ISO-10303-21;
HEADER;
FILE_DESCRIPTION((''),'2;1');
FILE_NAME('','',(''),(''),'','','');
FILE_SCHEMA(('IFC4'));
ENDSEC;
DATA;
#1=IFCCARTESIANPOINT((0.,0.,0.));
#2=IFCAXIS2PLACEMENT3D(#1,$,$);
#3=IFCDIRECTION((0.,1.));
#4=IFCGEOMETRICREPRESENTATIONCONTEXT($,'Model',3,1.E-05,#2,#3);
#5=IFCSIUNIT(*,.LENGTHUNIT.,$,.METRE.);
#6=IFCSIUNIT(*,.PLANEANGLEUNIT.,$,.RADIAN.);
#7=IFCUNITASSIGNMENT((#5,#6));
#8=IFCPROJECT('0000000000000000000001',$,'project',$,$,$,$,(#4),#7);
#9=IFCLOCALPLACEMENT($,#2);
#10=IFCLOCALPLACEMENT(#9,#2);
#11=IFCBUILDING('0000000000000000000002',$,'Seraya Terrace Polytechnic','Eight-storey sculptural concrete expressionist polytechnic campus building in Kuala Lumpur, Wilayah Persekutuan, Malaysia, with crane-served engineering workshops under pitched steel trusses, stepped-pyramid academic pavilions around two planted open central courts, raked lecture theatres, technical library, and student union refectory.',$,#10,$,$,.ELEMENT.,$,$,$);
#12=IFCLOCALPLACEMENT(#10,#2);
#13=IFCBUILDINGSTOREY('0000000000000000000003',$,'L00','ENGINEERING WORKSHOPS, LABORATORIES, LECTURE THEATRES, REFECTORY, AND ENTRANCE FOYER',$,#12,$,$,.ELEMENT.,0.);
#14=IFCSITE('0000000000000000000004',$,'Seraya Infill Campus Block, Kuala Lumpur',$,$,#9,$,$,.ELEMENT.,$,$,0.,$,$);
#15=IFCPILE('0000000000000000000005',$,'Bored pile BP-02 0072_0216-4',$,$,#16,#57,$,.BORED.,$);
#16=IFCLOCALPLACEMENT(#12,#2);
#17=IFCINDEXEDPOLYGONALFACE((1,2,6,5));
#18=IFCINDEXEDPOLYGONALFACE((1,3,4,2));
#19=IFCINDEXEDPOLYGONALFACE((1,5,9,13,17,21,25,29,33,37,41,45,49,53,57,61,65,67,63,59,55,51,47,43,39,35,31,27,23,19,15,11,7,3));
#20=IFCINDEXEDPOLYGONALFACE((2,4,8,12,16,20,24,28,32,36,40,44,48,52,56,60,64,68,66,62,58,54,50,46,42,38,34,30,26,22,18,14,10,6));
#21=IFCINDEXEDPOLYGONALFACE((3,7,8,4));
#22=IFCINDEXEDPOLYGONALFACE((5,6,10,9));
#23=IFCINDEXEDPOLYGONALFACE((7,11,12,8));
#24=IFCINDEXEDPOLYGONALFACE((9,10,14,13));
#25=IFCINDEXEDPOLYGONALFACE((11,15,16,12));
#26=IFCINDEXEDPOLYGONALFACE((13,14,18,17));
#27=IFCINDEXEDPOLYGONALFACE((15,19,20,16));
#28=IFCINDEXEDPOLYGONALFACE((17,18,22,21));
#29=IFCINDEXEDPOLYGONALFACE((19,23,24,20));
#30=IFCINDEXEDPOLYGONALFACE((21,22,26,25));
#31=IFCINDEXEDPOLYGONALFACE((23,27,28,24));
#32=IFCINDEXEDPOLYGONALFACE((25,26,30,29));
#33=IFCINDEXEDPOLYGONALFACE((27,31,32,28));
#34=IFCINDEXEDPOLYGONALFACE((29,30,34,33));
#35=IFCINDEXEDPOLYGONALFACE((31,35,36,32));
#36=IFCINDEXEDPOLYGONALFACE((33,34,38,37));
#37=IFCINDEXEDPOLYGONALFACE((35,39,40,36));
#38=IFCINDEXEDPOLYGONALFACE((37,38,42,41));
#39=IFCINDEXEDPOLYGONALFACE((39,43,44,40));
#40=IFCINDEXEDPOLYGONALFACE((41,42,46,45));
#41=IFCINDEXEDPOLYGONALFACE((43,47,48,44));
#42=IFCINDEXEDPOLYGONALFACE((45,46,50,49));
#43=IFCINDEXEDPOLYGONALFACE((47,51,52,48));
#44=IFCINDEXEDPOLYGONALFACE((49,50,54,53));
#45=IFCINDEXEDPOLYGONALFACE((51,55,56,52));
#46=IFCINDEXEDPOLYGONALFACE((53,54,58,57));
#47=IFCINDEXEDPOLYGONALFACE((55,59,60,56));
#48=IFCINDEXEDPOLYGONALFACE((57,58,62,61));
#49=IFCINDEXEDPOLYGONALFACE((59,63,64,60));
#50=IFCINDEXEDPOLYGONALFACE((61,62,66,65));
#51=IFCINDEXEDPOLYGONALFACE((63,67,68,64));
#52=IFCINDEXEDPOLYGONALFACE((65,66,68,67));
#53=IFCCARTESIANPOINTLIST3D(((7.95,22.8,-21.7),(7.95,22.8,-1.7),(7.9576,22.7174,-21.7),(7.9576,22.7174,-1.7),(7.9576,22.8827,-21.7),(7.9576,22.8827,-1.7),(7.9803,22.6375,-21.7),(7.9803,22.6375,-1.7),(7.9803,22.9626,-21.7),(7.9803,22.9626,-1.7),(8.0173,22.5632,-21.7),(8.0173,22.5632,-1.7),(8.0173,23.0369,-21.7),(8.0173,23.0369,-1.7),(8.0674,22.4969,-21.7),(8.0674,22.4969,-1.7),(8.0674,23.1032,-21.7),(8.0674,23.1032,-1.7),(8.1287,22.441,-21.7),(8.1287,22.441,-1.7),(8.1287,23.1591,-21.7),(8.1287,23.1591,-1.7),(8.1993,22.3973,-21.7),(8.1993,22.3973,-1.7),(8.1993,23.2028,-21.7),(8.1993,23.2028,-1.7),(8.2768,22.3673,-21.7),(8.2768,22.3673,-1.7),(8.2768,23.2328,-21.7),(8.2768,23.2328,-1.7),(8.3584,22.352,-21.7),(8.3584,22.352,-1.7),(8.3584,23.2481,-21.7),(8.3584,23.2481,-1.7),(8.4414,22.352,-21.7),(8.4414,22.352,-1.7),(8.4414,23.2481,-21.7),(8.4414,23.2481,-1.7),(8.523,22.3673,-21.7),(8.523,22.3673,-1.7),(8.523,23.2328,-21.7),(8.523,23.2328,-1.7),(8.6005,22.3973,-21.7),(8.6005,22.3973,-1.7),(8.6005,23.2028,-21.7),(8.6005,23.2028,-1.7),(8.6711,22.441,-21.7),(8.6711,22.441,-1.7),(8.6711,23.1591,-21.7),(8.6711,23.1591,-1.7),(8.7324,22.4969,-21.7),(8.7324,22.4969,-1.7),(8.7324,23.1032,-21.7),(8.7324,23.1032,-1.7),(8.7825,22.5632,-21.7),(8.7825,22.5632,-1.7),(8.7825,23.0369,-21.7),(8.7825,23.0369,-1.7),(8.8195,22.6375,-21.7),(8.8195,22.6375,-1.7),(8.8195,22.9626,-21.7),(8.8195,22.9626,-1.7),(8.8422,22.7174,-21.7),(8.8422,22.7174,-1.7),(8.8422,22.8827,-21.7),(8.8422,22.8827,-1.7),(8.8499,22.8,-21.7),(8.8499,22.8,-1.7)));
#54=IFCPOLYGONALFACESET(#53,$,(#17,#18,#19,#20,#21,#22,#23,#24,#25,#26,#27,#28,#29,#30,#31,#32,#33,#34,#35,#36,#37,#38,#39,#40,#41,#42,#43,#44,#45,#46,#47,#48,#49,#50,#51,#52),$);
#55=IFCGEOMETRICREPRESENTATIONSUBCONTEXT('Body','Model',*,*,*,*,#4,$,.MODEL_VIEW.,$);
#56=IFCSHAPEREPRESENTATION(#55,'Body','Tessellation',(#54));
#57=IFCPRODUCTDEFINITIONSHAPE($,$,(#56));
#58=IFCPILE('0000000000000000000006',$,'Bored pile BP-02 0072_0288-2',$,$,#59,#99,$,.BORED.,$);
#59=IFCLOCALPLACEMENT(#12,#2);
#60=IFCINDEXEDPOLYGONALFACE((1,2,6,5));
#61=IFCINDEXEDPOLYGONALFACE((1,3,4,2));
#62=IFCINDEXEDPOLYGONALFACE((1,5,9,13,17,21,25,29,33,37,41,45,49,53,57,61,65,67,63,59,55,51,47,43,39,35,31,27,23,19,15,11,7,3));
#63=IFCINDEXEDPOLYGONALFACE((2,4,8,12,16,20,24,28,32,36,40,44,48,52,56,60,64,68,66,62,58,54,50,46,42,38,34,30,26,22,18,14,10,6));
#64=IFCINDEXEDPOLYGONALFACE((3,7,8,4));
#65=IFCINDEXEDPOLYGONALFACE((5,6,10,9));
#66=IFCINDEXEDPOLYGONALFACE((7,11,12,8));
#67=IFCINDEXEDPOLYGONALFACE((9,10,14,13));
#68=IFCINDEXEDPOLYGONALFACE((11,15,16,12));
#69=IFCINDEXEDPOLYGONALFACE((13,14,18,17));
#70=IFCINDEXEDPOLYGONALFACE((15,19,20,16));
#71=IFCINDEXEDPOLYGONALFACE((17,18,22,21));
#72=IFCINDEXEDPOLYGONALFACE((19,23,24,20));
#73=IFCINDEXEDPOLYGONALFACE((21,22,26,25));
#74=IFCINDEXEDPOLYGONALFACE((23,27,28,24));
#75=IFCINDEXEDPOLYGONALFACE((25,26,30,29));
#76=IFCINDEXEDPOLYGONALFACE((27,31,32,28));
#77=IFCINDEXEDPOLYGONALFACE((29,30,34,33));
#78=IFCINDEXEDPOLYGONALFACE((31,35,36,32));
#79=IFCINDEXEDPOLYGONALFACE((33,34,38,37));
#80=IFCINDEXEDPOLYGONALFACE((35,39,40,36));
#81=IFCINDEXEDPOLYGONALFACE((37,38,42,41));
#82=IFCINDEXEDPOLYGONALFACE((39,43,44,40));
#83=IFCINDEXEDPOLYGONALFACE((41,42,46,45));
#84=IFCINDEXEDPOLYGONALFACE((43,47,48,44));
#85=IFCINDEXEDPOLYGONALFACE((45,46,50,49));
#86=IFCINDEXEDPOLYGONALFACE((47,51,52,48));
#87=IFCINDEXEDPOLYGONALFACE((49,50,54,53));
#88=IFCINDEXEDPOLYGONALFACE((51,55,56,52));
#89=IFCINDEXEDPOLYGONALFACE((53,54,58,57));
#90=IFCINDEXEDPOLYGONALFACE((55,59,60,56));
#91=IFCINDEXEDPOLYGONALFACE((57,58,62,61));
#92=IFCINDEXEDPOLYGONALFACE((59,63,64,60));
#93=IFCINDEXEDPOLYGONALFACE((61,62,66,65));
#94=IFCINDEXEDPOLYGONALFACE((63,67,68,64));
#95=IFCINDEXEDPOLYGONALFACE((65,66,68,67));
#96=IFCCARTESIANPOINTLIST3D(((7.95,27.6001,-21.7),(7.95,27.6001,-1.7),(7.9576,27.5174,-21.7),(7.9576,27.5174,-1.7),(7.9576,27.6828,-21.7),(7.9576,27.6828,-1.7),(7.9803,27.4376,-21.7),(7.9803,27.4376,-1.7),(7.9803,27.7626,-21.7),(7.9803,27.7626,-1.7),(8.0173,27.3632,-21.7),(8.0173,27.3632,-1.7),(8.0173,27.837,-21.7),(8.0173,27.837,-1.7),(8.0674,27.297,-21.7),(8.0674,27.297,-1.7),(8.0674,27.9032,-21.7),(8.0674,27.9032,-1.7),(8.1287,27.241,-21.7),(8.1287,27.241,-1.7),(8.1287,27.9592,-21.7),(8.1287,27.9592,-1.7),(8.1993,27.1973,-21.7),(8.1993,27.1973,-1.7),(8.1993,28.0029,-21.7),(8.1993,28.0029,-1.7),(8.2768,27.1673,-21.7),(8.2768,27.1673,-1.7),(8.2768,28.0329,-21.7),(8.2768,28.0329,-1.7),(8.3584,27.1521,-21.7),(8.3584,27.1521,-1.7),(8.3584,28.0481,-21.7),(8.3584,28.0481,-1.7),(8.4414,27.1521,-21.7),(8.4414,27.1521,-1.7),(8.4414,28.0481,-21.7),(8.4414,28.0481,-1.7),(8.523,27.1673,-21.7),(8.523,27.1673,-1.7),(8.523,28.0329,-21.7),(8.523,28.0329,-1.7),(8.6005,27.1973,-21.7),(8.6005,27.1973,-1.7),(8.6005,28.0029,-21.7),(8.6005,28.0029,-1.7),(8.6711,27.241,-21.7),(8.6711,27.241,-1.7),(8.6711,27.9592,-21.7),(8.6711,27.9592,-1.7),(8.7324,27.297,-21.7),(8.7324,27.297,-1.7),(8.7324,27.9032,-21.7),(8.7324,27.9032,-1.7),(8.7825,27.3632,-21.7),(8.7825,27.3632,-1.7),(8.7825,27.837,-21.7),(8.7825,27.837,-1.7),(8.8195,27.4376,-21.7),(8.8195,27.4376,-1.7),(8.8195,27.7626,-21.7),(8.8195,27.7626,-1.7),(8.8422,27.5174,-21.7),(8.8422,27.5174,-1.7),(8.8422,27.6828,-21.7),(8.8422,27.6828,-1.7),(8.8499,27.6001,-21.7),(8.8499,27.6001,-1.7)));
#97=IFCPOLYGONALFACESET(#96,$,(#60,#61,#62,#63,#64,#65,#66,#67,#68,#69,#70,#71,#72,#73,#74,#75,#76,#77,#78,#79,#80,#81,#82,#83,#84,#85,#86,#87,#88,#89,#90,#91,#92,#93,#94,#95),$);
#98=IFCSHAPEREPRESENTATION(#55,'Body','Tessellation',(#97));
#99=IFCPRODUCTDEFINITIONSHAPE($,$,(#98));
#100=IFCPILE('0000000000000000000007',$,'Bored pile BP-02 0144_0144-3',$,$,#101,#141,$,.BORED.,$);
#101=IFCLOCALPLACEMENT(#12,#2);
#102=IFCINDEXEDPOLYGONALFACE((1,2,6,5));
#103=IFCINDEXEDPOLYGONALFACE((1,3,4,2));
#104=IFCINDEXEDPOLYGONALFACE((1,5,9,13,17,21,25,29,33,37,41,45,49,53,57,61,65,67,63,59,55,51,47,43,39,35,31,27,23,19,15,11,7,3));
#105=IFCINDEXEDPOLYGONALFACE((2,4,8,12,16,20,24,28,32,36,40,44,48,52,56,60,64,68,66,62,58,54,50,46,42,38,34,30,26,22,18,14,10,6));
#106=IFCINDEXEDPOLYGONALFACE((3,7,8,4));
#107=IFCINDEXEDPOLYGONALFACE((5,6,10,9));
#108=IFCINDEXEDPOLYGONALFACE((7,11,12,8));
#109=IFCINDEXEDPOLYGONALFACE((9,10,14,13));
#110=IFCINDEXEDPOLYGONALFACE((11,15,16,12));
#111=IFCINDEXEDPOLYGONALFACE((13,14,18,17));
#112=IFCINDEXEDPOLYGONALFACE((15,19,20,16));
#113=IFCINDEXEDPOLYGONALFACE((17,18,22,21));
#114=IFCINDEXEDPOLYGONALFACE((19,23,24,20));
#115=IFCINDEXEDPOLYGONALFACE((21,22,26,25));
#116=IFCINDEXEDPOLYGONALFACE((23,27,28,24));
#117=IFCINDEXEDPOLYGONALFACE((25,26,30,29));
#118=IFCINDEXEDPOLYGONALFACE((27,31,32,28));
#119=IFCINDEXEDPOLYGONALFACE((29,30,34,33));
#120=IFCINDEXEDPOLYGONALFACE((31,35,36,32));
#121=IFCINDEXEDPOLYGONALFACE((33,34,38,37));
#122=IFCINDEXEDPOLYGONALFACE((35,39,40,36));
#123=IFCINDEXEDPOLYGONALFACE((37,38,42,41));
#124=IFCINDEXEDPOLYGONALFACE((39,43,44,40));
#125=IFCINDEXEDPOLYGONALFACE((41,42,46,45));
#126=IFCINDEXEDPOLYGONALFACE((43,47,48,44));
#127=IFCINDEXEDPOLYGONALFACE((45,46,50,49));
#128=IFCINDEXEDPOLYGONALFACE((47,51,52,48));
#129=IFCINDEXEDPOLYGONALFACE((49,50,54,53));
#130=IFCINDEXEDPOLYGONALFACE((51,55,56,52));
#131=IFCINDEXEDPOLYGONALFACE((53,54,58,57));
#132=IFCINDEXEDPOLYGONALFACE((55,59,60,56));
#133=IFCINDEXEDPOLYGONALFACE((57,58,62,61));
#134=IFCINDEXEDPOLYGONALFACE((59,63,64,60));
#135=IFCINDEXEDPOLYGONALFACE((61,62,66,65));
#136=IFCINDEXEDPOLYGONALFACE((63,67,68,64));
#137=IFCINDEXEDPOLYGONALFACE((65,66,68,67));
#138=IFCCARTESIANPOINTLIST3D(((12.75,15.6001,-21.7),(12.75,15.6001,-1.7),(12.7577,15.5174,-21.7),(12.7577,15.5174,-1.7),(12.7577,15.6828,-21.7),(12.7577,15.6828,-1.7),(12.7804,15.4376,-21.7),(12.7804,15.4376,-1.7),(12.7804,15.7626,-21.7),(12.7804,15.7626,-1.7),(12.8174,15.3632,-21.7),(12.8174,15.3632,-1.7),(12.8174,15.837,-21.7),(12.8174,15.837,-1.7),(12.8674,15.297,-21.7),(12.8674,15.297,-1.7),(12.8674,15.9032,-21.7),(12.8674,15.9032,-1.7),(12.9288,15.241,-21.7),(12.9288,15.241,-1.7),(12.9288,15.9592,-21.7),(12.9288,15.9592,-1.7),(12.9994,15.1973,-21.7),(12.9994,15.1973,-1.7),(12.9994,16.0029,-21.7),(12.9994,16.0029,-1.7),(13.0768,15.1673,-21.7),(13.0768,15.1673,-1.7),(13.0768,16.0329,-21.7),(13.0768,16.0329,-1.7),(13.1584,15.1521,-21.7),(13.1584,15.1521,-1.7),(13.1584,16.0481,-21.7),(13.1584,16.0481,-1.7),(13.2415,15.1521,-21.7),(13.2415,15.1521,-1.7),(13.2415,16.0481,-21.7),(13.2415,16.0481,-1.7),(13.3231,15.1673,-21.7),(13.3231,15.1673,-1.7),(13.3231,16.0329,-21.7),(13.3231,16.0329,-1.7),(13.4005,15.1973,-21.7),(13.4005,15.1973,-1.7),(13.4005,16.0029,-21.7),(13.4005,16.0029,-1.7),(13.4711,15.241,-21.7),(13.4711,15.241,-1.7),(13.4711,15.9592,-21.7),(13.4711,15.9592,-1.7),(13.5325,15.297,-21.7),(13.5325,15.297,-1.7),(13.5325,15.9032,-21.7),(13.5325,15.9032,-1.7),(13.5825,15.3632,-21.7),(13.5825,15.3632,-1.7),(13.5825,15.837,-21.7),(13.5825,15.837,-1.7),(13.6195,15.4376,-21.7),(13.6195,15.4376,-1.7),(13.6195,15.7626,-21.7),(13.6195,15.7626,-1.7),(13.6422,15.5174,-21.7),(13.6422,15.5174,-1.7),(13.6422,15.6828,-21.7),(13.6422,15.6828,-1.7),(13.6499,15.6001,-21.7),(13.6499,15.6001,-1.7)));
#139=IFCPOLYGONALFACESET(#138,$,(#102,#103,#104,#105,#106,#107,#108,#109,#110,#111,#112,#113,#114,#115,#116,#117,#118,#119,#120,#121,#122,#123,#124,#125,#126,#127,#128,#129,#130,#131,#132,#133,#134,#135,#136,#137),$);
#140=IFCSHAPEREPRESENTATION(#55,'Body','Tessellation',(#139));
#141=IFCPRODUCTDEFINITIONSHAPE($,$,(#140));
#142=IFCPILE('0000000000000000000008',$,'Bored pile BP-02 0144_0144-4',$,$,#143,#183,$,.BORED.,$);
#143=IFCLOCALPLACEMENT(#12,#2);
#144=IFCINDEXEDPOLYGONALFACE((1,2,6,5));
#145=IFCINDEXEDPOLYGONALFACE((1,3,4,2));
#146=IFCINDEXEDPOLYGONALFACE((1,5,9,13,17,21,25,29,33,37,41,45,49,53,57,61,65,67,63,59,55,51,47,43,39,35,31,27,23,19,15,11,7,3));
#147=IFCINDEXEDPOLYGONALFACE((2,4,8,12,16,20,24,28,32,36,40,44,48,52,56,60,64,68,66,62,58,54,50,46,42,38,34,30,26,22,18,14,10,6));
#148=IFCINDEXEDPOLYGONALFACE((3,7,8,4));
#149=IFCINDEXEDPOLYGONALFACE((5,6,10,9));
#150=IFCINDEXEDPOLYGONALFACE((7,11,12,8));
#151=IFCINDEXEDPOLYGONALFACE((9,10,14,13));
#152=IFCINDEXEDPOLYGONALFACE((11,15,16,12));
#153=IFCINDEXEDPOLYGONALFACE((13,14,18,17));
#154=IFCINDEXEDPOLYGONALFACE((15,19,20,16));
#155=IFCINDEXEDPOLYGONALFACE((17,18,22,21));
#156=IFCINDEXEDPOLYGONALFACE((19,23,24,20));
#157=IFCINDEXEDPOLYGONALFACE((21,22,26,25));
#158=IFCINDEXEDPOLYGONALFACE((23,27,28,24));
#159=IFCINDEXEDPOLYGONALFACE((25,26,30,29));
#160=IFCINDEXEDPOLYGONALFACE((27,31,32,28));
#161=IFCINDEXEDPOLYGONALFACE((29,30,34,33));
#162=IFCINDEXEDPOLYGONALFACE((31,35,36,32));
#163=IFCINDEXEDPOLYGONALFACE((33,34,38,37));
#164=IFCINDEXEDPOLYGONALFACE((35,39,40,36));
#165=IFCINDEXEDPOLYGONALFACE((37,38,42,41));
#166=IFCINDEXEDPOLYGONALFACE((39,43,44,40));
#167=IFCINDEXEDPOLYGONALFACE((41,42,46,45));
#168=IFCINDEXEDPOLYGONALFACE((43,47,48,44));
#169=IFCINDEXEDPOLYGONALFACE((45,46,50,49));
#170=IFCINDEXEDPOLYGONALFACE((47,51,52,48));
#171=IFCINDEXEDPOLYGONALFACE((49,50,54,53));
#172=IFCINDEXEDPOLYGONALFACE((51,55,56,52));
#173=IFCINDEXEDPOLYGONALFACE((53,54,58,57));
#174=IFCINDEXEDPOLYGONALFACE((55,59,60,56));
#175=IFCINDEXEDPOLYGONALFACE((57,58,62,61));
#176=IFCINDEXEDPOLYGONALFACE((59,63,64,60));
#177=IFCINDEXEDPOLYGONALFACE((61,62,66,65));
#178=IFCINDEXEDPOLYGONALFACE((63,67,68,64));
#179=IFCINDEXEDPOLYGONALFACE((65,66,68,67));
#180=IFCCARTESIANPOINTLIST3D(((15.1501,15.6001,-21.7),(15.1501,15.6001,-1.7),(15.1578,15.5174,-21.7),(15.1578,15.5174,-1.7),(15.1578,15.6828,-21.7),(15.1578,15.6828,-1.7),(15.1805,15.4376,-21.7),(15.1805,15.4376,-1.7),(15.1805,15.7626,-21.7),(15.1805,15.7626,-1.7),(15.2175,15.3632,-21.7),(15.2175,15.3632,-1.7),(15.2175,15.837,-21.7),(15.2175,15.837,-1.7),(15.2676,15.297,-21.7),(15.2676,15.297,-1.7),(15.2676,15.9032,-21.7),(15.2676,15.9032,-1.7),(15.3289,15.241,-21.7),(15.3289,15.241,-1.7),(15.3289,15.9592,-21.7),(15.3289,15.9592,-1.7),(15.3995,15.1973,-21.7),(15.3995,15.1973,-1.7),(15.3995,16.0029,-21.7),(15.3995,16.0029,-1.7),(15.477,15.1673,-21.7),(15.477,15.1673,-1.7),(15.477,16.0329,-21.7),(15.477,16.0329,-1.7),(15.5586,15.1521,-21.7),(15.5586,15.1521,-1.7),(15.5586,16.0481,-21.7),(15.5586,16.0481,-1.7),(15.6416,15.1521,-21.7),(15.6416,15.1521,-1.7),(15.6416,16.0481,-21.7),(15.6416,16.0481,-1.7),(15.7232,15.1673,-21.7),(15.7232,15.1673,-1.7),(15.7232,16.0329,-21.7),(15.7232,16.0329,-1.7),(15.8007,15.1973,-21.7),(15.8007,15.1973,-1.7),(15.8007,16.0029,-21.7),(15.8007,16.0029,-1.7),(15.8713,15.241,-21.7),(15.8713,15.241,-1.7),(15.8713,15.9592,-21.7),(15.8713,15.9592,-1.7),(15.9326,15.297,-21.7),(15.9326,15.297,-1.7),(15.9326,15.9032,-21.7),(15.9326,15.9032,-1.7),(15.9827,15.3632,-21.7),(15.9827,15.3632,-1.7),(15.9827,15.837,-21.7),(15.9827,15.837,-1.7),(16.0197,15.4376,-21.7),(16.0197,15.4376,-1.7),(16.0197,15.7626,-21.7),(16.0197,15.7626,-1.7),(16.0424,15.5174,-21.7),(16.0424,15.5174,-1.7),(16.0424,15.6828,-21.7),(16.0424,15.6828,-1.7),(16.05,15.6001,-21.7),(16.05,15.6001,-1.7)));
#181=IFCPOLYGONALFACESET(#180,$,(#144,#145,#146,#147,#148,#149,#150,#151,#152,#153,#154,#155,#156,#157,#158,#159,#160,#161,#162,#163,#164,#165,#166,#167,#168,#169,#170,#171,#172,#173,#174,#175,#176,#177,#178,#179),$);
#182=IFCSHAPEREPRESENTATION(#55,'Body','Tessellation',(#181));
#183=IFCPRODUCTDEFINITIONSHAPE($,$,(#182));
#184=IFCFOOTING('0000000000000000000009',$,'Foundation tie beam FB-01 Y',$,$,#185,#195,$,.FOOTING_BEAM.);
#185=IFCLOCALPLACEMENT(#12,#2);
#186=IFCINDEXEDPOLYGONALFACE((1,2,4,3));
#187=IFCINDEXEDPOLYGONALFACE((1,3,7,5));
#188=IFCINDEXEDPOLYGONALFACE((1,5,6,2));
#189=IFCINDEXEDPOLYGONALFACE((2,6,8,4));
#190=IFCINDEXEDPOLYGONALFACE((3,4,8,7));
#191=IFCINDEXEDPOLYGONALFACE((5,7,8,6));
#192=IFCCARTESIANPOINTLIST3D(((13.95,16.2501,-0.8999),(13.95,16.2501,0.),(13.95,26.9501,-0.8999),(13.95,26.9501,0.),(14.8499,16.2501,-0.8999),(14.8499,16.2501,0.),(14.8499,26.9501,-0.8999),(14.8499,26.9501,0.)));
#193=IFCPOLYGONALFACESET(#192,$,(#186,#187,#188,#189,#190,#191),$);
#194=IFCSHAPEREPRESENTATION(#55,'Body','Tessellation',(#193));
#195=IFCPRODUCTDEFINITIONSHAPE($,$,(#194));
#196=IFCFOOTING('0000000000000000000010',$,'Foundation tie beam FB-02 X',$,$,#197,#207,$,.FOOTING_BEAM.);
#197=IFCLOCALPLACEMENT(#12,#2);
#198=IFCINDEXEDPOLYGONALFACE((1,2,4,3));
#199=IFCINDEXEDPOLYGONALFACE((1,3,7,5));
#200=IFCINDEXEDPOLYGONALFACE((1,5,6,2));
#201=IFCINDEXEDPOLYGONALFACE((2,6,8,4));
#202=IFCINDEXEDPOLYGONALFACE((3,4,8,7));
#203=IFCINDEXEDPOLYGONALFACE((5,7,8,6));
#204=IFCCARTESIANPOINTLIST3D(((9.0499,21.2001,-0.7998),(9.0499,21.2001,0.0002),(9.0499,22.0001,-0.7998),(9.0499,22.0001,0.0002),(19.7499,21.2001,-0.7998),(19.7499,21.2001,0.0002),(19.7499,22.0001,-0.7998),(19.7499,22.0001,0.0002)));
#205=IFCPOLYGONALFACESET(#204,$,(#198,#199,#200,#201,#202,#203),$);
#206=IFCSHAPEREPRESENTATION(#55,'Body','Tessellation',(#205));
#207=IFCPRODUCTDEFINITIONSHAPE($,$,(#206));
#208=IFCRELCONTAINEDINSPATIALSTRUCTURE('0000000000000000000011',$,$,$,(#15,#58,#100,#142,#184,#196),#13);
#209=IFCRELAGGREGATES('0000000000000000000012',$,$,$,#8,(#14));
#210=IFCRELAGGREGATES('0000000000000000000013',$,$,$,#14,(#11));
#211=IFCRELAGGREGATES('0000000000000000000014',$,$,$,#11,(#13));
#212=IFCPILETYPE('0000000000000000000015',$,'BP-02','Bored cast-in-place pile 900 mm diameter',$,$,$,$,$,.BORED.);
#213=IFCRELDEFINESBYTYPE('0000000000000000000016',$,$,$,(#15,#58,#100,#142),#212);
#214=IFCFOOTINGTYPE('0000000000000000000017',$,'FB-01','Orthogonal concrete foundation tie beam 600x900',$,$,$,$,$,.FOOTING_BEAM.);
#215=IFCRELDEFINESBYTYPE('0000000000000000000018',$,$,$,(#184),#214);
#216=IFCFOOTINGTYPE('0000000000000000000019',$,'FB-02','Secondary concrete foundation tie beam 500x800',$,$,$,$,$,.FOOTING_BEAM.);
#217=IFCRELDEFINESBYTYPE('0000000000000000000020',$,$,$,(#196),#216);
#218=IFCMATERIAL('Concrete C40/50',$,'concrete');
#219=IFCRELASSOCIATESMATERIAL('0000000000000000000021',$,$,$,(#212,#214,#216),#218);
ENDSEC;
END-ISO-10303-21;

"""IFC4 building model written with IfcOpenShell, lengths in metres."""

from ifc_helpers import new_model, si_unit, direction, frame, origin, origin_2d, place, context, subcontext, project, spatial, rectangle, circle, extrude, material, material_profile, profile_set, type_object, element, save


model = new_model("IFC4")

# Units and contexts
model_context = context("Model", 3, precision=1e-05, world=origin(), true_north=direction((0.0, 1.0)))
body_context = subcontext(model_context, "Body", "Model", "MODEL_VIEW")
ifc_project = project(units=[si_unit("LENGTHUNIT", "METRE"), si_unit("PLANEANGLEUNIT", "RADIAN")], contexts=[model_context])

# Site, building, storey
site_placement = place(None, origin())
site = spatial("IfcSite", under=ifc_project, at=site_placement, Name="Seraya Infill Campus Block, Kuala Lumpur", CompositionType="ELEMENT", RefElevation=0.0)
building_placement = place(site_placement, origin())
building = spatial("IfcBuilding", under=site, at=building_placement, Name="Seraya Terrace Polytechnic", Description="Eight-storey sculptural concrete expressionist polytechnic campus building in Kuala Lumpur, Wilayah Persekutuan, Malaysia, with crane-served engineering workshops under pitched steel trusses, stepped-pyramid academic pavilions around two planted open central courts, raked lecture theatres, technical library, and student union refectory.", CompositionType="ELEMENT")
storey_placement = place(building_placement, origin())
storey = spatial("IfcBuildingStorey", under=building, at=storey_placement, Name="L00", Description="ENGINEERING WORKSHOPS, LABORATORIES, LECTURE THEATRES, REFECTORY, AND ENTRANCE FOYER", CompositionType="ELEMENT", Elevation=0.0)

# Piles
ifc_material_1 = material(Name="Concrete C40/50", Category="concrete")
ifc_material_profile = material_profile(ifc_material_1, circle(Radius=0.45, at=origin_2d()), Name="DIA 900")
ifc_profile_set = profile_set([ifc_material_profile], Name="Concrete C40/50")
pile_type = type_object("IfcPileType", Name="BP-02", Description="Bored cast-in-place pile 900 mm diameter", PredefinedType="BORED", material=ifc_profile_set)
for number, where, z_axis, x_axis, name in (
    (1, (8.3999, 22.8, -1.7), (0.0, 0.0, -1.0), (1.0, 0.0, 0.0), "Bored pile BP-02 0072_0216-4"),
    (2, (8.3999, 27.6001, -1.7), (0.0, 0.0, -1.0), (1.0, 0.0, 0.0), "Bored pile BP-02 0072_0288-2"),
    (3, (13.2, 15.6001, -1.7), (0.0, 0.0, -1.0), (1.0, 0.0, 0.0), "Bored pile BP-02 0144_0144-3"),
    (4, (15.6001, 15.6001, -1.7), (0.0, 0.0, -1.0), (1.0, 0.0, 0.0), "Bored pile BP-02 0144_0144-4"),
):
    element("IfcPile", number, at=place(storey_placement, frame(where, z_axis=z_axis, x_axis=x_axis)), inside=storey, type_object=pile_type, Name=name, PredefinedType="BORED", context=body_context, shape_type="SweptSolid", body=[
        extrude(circle(Radius=0.45, at=origin_2d()), origin(), (0.0, 0.0, 1.0), 20.0),
    ])

# Footings
footing_type_1 = type_object("IfcFootingType", Name="FB-01", Description="Orthogonal concrete foundation tie beam 600x900", PredefinedType="FOOTING_BEAM", material=ifc_material_1)
footing_1_placement = place(storey_placement, frame((14.3999, 21.6001, -0.8999), z_axis=(0.0, 0.0, 1.0), x_axis=(0.0, 1.0, 0.0)))
element("IfcFooting", 5, at=footing_1_placement, inside=storey, type_object=footing_type_1, Name="Foundation tie beam FB-01 Y", PredefinedType="FOOTING_BEAM", context=body_context, shape_type="SweptSolid", body=[
    extrude(rectangle(XDim=10.7, YDim=0.8999, at=origin_2d()), origin(), (0.0, 0.0, 1.0), 0.8999),
])
footing_type_2 = type_object("IfcFootingType", Name="FB-02", Description="Secondary concrete foundation tie beam 500x800", PredefinedType="FOOTING_BEAM", material=ifc_material_1)
footing_2_placement = place(storey_placement, frame((14.3999, 21.6001, -0.7998), z_axis=(0.0, 0.0, 1.0), x_axis=(1.0, 0.0, 0.0)))
element("IfcFooting", 6, at=footing_2_placement, inside=storey, type_object=footing_type_2, Name="Foundation tie beam FB-02 X", PredefinedType="FOOTING_BEAM", context=body_context, shape_type="SweptSolid", body=[
    extrude(rectangle(XDim=10.7, YDim=0.8, at=origin_2d()), origin(), (0.0, 0.0, 1.0), 0.8),
])

save(model, "model.ifc")
